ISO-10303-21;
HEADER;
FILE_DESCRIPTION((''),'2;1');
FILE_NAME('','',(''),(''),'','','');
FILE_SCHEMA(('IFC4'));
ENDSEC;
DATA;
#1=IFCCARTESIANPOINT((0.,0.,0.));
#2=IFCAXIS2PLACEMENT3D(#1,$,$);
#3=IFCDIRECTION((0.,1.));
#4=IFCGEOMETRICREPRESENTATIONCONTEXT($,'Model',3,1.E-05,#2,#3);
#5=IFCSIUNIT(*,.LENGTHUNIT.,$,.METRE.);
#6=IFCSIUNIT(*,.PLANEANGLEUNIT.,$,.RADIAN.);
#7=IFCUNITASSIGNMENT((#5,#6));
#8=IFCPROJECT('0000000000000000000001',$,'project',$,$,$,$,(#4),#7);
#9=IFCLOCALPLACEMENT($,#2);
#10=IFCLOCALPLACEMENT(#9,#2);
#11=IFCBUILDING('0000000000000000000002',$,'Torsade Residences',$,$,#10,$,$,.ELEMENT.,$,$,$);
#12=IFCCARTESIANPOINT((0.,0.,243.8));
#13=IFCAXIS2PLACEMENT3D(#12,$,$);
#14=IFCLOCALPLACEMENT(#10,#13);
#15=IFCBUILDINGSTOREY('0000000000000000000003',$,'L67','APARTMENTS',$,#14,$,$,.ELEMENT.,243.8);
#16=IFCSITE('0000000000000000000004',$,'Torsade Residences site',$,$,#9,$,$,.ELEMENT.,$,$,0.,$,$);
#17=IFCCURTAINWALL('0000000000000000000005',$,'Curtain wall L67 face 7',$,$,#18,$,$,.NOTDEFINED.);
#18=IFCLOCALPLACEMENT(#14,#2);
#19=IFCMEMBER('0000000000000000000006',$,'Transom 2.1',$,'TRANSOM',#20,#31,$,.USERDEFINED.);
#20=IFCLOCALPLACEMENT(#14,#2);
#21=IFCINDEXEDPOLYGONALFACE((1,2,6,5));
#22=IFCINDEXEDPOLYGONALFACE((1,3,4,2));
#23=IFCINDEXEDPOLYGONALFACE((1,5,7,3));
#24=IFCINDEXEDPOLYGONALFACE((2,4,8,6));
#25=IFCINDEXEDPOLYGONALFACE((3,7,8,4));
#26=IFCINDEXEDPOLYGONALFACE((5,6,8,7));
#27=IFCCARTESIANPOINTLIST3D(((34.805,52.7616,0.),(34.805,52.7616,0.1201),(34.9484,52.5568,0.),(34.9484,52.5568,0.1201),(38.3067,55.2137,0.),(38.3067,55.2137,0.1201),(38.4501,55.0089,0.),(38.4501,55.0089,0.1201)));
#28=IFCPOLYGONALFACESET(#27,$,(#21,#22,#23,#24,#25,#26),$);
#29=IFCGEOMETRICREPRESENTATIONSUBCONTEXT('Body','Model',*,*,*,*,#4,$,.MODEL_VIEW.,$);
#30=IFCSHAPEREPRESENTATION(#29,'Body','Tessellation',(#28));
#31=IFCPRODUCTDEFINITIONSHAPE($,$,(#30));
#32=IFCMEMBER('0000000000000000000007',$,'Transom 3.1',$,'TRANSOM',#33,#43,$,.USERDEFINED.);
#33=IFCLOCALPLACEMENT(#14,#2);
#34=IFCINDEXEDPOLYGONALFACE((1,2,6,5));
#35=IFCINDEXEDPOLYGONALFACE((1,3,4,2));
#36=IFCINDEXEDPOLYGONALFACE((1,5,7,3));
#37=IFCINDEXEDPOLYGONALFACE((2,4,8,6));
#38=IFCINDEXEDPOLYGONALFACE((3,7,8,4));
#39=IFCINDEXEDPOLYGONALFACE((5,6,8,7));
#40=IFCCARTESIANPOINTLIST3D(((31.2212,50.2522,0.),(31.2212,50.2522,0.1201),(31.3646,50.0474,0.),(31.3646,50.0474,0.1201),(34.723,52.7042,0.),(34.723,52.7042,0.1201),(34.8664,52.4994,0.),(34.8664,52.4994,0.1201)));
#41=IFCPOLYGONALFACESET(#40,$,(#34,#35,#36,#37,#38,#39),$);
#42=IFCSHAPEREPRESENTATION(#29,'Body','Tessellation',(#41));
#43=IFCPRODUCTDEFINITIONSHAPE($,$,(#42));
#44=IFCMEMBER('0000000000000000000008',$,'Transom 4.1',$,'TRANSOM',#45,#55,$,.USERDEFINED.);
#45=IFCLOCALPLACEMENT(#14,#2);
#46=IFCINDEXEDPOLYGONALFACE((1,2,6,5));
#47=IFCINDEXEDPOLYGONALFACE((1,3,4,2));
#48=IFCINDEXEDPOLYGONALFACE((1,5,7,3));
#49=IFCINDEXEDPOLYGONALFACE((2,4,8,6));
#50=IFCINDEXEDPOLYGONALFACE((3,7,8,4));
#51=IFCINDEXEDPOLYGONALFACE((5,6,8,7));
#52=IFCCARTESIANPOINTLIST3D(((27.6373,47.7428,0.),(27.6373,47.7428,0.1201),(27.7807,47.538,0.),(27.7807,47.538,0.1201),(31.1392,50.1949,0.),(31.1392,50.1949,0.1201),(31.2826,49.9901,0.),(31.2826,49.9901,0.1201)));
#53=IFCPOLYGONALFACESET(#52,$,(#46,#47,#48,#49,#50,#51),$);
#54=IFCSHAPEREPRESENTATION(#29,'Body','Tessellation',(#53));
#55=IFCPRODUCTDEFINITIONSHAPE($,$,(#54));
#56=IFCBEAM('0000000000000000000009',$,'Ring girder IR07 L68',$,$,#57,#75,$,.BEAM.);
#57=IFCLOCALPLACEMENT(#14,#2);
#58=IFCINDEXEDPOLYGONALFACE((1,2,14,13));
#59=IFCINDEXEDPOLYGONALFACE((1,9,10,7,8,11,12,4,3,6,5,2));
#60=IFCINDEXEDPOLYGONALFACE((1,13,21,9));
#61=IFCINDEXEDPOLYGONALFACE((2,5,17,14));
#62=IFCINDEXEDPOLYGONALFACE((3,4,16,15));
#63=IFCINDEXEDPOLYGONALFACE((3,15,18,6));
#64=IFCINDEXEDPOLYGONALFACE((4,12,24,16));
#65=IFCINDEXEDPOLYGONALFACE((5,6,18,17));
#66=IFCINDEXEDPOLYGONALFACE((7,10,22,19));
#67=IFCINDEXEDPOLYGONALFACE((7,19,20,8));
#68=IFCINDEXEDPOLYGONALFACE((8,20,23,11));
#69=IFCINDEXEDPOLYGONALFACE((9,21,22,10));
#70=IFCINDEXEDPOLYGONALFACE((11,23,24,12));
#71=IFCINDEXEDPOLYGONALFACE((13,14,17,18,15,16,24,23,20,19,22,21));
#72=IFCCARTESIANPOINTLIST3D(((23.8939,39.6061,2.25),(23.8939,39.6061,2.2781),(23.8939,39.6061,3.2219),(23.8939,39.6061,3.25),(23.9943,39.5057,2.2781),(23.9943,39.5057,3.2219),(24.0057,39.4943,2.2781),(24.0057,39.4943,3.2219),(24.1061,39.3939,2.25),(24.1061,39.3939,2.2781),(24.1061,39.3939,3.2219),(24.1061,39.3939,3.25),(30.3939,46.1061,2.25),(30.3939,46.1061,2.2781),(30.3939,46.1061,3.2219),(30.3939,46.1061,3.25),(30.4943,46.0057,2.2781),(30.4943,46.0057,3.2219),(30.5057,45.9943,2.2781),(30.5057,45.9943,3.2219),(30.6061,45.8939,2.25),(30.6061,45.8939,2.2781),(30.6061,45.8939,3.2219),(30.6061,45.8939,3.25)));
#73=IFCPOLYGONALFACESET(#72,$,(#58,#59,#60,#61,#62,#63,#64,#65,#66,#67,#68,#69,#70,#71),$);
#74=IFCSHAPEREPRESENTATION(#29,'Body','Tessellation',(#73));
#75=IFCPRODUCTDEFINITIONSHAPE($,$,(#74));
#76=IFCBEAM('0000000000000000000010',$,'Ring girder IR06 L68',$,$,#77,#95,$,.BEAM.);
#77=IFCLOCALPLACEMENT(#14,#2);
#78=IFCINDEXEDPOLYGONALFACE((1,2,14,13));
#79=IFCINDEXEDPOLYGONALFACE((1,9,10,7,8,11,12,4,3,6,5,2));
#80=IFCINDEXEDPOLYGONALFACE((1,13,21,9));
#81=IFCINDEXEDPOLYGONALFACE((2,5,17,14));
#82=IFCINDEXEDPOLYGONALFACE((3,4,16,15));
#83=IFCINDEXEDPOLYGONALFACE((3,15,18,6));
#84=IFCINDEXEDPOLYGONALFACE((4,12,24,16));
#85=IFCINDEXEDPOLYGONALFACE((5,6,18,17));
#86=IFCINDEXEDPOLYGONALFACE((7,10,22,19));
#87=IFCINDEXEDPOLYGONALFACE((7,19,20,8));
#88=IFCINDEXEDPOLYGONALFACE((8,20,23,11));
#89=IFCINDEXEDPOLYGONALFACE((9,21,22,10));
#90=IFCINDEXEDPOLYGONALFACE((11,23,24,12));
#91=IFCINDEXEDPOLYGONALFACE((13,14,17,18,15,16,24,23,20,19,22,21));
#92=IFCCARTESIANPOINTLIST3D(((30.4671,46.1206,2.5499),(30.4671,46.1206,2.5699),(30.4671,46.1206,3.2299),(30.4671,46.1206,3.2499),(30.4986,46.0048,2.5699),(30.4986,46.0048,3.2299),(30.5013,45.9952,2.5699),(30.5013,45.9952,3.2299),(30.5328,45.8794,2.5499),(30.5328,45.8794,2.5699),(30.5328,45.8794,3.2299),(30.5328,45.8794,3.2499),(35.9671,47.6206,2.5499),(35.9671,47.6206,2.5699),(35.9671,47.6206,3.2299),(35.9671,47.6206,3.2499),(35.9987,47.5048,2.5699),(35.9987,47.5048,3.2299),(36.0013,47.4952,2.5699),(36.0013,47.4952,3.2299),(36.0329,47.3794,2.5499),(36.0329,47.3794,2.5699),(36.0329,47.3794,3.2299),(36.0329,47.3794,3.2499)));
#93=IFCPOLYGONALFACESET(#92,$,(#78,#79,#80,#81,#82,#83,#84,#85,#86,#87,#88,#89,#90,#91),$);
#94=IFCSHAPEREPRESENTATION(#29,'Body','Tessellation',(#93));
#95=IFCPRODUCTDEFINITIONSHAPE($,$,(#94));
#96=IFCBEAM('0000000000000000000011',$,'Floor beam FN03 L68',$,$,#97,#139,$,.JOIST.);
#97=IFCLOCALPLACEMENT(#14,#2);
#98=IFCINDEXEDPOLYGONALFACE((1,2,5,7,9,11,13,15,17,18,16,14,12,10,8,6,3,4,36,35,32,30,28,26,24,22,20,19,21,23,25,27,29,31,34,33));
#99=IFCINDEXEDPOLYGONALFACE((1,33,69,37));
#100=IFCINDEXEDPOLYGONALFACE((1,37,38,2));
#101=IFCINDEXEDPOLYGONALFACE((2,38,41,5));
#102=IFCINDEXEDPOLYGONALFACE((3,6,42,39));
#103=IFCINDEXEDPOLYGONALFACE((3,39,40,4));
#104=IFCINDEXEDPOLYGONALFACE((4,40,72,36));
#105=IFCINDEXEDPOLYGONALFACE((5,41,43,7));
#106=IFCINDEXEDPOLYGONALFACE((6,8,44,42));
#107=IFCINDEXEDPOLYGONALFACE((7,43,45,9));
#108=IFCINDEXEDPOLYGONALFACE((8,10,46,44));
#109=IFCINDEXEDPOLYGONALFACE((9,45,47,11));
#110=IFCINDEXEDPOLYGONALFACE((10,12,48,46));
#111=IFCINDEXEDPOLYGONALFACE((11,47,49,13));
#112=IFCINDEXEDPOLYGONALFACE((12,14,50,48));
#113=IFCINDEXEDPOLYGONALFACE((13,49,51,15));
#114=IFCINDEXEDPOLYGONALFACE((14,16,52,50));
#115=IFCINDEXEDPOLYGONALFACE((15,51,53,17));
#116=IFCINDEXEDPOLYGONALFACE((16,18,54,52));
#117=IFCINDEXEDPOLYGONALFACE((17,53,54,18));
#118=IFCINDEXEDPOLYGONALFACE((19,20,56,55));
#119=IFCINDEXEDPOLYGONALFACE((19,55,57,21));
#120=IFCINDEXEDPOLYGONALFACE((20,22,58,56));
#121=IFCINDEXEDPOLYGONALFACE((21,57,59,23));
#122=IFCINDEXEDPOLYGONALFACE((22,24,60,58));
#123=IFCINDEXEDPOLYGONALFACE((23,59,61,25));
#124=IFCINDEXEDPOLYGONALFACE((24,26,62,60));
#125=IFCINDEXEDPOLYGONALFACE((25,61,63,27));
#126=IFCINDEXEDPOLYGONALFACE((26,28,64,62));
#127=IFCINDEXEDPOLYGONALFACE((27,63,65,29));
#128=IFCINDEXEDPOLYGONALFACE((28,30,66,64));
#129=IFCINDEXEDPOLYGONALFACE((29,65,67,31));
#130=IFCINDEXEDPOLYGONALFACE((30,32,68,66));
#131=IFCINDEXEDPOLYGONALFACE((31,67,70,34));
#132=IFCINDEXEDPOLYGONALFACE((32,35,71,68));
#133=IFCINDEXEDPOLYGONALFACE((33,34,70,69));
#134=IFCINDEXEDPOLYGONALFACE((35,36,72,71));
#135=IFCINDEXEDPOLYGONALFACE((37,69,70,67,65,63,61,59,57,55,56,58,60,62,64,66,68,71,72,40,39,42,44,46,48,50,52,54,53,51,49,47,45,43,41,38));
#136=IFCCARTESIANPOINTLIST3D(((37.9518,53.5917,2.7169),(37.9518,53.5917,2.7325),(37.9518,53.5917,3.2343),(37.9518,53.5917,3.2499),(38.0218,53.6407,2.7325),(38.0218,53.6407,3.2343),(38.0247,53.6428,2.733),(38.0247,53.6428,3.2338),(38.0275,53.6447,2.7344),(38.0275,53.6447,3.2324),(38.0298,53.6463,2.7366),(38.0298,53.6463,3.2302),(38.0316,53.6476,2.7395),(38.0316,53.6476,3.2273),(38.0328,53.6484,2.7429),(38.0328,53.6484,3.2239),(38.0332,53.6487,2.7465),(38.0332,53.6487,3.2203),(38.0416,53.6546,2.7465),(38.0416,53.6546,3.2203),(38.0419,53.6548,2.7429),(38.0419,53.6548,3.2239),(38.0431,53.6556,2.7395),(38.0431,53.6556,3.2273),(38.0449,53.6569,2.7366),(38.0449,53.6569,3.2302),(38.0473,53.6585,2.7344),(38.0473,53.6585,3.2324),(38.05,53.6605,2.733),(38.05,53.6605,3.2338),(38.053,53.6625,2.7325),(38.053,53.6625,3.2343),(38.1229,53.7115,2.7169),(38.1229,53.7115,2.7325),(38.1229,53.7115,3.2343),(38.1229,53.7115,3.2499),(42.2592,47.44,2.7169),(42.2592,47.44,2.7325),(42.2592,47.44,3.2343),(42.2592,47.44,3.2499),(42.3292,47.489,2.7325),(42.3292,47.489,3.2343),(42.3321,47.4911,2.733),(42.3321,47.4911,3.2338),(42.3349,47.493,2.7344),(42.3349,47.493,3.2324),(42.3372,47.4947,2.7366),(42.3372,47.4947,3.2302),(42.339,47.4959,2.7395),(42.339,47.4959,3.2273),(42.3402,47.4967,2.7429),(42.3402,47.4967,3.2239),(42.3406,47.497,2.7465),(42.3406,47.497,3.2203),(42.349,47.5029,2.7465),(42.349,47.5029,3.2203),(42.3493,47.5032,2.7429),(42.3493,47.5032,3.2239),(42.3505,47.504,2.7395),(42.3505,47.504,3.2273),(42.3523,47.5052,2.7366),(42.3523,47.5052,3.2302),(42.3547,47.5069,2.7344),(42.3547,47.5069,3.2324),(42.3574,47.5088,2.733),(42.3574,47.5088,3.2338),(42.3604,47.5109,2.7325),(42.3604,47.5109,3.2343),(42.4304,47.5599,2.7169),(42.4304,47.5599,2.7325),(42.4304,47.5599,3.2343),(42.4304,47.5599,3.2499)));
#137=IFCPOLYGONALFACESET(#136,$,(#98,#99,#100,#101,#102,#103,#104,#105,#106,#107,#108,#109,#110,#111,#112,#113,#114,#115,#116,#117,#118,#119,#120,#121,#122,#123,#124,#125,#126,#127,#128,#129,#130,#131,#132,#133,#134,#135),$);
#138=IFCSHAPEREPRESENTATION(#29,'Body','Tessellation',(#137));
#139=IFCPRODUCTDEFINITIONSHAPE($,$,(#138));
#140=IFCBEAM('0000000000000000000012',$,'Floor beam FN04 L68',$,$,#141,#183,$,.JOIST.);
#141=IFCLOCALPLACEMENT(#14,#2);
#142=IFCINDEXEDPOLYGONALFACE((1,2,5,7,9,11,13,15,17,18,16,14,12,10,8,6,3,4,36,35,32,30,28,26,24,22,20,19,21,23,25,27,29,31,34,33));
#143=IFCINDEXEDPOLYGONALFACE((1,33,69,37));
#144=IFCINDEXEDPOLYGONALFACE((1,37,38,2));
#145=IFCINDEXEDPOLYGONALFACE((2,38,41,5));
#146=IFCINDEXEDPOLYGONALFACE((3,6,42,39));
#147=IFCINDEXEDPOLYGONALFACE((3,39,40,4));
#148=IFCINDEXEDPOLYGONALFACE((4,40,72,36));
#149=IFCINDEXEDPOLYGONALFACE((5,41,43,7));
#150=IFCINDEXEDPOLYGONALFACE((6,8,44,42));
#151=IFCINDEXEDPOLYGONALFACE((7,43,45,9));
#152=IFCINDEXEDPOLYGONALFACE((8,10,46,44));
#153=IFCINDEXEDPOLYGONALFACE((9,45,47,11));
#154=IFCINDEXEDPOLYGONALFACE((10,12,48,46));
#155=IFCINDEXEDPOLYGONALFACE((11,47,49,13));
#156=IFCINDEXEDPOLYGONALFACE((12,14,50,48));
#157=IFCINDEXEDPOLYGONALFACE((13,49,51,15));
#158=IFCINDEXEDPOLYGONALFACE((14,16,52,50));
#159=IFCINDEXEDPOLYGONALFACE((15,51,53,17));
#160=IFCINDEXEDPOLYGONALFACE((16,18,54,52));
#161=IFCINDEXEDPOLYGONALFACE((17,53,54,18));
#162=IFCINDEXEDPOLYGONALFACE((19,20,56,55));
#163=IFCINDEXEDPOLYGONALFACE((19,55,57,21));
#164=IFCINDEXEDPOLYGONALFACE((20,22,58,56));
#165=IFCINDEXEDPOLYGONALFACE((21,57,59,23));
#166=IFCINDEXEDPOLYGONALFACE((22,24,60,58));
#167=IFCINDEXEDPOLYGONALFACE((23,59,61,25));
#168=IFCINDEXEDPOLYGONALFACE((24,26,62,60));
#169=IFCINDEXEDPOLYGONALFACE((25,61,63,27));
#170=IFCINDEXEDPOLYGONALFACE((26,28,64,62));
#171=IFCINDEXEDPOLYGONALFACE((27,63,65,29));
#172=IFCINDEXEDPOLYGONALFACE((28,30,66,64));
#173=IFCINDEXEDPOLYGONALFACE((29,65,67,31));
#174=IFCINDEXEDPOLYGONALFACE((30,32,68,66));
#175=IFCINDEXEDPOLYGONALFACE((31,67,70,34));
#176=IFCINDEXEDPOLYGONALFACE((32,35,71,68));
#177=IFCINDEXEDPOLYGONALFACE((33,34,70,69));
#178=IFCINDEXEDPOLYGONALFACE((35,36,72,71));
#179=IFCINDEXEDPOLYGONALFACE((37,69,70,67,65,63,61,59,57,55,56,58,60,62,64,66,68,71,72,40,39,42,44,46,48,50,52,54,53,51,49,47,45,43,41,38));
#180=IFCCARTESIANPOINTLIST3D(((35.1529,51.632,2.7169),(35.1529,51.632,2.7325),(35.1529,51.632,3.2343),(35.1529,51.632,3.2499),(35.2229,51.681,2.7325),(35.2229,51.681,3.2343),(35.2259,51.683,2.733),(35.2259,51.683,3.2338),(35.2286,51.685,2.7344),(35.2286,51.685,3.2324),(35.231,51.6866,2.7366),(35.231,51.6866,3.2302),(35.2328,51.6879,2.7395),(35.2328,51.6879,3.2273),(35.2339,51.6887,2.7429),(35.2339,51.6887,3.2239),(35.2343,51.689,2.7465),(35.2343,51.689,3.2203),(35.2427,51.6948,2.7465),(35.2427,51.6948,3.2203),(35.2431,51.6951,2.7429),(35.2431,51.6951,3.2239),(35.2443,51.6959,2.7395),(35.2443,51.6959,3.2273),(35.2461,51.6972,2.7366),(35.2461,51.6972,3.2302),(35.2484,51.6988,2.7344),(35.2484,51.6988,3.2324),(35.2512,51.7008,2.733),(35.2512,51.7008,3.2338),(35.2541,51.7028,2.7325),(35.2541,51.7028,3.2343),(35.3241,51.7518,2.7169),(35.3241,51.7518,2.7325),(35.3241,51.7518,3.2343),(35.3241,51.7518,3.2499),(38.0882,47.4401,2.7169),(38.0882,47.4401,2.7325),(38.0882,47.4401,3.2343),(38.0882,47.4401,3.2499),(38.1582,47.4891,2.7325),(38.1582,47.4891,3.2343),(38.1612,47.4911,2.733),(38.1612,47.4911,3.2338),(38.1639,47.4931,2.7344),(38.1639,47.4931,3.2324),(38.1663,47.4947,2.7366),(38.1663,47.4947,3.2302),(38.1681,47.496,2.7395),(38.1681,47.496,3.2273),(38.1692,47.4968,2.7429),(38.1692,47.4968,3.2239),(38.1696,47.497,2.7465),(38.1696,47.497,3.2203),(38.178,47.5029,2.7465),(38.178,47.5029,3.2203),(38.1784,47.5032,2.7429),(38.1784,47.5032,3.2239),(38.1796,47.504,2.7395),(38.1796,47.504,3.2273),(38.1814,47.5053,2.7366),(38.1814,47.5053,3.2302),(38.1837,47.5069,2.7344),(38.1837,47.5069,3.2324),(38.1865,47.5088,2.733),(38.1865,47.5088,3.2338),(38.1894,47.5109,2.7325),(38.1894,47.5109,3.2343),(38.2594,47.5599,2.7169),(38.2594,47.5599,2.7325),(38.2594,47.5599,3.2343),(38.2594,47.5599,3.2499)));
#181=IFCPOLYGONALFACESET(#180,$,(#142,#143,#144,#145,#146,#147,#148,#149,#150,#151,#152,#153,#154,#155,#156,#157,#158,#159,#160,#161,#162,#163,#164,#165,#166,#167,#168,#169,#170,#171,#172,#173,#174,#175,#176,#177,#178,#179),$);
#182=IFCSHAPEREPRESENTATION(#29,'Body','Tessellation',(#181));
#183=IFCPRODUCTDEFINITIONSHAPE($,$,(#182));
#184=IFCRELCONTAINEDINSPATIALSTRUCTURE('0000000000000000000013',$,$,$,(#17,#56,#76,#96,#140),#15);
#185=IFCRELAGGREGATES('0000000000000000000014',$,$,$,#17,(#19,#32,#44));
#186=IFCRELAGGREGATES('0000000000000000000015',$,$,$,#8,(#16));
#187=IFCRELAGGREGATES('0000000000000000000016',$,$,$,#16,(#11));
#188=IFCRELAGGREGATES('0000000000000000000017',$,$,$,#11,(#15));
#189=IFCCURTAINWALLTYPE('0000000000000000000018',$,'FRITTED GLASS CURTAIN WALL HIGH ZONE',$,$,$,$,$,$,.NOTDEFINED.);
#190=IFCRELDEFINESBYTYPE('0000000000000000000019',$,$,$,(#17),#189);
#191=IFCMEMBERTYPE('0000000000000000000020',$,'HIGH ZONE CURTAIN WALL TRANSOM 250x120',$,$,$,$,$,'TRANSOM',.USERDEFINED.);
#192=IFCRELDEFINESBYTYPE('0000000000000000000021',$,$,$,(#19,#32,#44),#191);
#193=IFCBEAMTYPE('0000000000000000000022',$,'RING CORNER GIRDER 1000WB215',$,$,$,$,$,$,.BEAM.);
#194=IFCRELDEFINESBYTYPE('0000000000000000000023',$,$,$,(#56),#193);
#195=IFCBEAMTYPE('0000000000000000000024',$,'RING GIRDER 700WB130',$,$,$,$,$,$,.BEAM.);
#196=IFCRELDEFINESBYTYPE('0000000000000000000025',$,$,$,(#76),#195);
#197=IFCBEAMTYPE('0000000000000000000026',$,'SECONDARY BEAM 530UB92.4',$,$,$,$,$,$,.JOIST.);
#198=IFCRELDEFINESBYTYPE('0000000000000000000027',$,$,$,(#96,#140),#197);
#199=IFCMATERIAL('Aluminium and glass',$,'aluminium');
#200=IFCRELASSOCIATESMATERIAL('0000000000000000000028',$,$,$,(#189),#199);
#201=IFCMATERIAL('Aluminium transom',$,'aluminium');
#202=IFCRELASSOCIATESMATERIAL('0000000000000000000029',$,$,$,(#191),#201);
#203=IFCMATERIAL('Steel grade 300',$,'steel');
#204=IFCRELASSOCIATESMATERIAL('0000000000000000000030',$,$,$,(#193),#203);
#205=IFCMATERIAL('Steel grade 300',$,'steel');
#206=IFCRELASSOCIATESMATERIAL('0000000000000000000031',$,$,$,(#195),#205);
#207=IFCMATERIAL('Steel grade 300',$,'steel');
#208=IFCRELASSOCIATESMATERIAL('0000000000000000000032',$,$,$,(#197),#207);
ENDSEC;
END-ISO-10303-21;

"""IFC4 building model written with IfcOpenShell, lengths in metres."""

from ifc_helpers import new_model, si_unit, direction, frame, origin, origin_2d, place, context, subcontext, project, spatial, rectangle, i_section, extrude, material, material_profile, profile_set, type_object, element, aggregate, save


model = new_model("IFC4")

# Units and contexts
model_context = context("Model", 3, precision=1e-05, world=origin(), true_north=direction((0.0, 1.0)))
body_context = subcontext(model_context, "Body", "Model", "MODEL_VIEW")
ifc_project = project(units=[si_unit("LENGTHUNIT", "METRE"), si_unit("PLANEANGLEUNIT", "RADIAN")], contexts=[model_context])

# Site, building, storey
site_placement = place(None, origin())
site = spatial("IfcSite", under=ifc_project, at=site_placement, Name="Torsade Residences site", CompositionType="ELEMENT", RefElevation=0.0)
building_placement = place(site_placement, origin())
building = spatial("IfcBuilding", under=site, at=building_placement, Name="Torsade Residences", CompositionType="ELEMENT")
storey_placement = place(building_placement, frame((0.0, 0.0, 243.8)))
storey = spatial("IfcBuildingStorey", under=building, at=storey_placement, Name="L67", Description="APARTMENTS", CompositionType="ELEMENT", Elevation=243.8)

# Curtain wall, members
ifc_material_1 = material(Name="Aluminium and glass", Category="aluminium")
curtain_wall_type = type_object("IfcCurtainWallType", Name="FRITTED GLASS CURTAIN WALL HIGH ZONE", PredefinedType="NOTDEFINED", material=ifc_material_1)
curtain_wall_placement = place(storey_placement, origin())
curtain_wall = element("IfcCurtainWall", 1, at=curtain_wall_placement, inside=storey, type_object=curtain_wall_type, Name="Curtain wall L67 face 7", PredefinedType="NOTDEFINED")
ifc_material_2 = material(Name="Aluminium transom", Category="aluminium")
ifc_material_profile_1 = material_profile(ifc_material_2, rectangle(XDim=0.25, YDim=0.1201, at=origin_2d()), Name="HIGH ZONE CURTAIN WALL TRANSOM 250x120")
ifc_profile_set_1 = profile_set([ifc_material_profile_1], Name="Aluminium transom")
member_type_1 = type_object("IfcMemberType", Name="HIGH ZONE CURTAIN WALL TRANSOM 250x120", ElementType="TRANSOM", PredefinedType="USERDEFINED", material=ifc_profile_set_1)
member_1_placement = place(storey_placement, frame((38.3784, 55.1113, 0.0601), z_axis=(-0.819127, -0.573612, 0.0), x_axis=(0.573612, -0.819127, 0.0)))
member_1 = element("IfcMember", 2, at=member_1_placement, type_object=member_type_1, Name="Transom 2.1", ObjectType="TRANSOM", PredefinedType="USERDEFINED", context=body_context, shape_type="SweptSolid", body=[
    extrude(rectangle(XDim=0.25, YDim=0.1201, at=origin_2d()), origin(), (0.0, 0.0, 1.0), 4.2749),
])
member_2_placement = place(storey_placement, frame((34.7947, 52.6018, 0.0601), z_axis=(-0.819154, -0.573573, 0.0), x_axis=(0.573573, -0.819154, 0.0)))
member_2 = element("IfcMember", 3, at=member_2_placement, type_object=member_type_1, Name="Transom 3.1", ObjectType="TRANSOM", PredefinedType="USERDEFINED", context=body_context, shape_type="SweptSolid", body=[
    extrude(rectangle(XDim=0.25, YDim=0.1201, at=origin_2d()), origin(), (0.0, 0.0, 1.0), 4.2749),
])
member_3_placement = place(storey_placement, frame((31.2109, 50.0925, 0.0601), z_axis=(-0.819146, -0.573585, 0.0), x_axis=(0.573585, -0.819146, 0.0)))
member_3 = element("IfcMember", 4, at=member_3_placement, type_object=member_type_1, Name="Transom 4.1", ObjectType="TRANSOM", PredefinedType="USERDEFINED", context=body_context, shape_type="SweptSolid", body=[
    extrude(rectangle(XDim=0.25, YDim=0.1201, at=origin_2d()), origin(), (0.0, 0.0, 1.0), 4.2751),
])

# Beams
ifc_material_3 = material(Name="Steel grade 300", Category="steel")
ifc_material_profile_2 = material_profile(ifc_material_3, i_section(OverallWidth=0.3, OverallDepth=1.0, WebThickness=0.0161, FlangeThickness=0.0281, at=origin_2d()), Name="1000WB215")
ifc_profile_set_2 = profile_set([ifc_material_profile_2], Name="Steel grade 300")
beam_type_1 = type_object("IfcBeamType", Name="RING CORNER GIRDER 1000WB215", PredefinedType="BEAM", material=ifc_profile_set_2)
beam_1_placement = place(storey_placement, frame((30.5, 46.0, 2.75), z_axis=(-0.707107, -0.707107, 0.0), x_axis=(0.707107, -0.707107, 0.0)))
element("IfcBeam", 5, at=beam_1_placement, inside=storey, type_object=beam_type_1, Name="Ring girder IR07 L68", PredefinedType="BEAM", context=body_context, shape_type="SweptSolid", body=[
    extrude(i_section(OverallWidth=0.3, OverallDepth=1.0, WebThickness=0.0161, FlangeThickness=0.0281, at=origin_2d()), origin(), (0.0, 0.0, 1.0), 9.1924),
])
ifc_material_4 = material(Name="Steel grade 300", Category="steel")
ifc_material_profile_3 = material_profile(ifc_material_4, i_section(OverallWidth=0.25, OverallDepth=0.7, WebThickness=0.01, FlangeThickness=0.02, at=origin_2d()), Name="700WB130")
ifc_profile_set_3 = profile_set([ifc_material_profile_3], Name="Steel grade 300")
beam_type_2 = type_object("IfcBeamType", Name="RING GIRDER 700WB130", PredefinedType="BEAM", material=ifc_profile_set_3)
beam_2_placement = place(storey_placement, frame((36.0, 47.5, 2.8999), z_axis=(-0.964764, -0.263117, 0.0), x_axis=(0.263117, -0.964764, 0.0)))
element("IfcBeam", 6, at=beam_2_placement, inside=storey, type_object=beam_type_2, Name="Ring girder IR06 L68", PredefinedType="BEAM", context=body_context, shape_type="SweptSolid", body=[
    extrude(i_section(OverallWidth=0.25, OverallDepth=0.7, WebThickness=0.01, FlangeThickness=0.02, at=origin_2d()), origin(), (0.0, 0.0, 1.0), 5.7009),
])
ifc_material_5 = material(Name="Steel grade 300", Category="steel")
ifc_material_profile_4 = material_profile(ifc_material_5, i_section(OverallWidth=0.209, OverallDepth=0.533, WebThickness=0.0103, FlangeThickness=0.0156, FilletRadius=0.0139, at=origin_2d()), Name="530UB92.4")
ifc_profile_set_4 = profile_set([ifc_material_profile_4], Name="Steel grade 300")
beam_type_3 = type_object("IfcBeamType", Name="SECONDARY BEAM 530UB92.4", PredefinedType="JOIST", material=ifc_profile_set_4)
beam_3_placement = place(storey_placement, frame((38.0374, 53.6516, 2.9834), z_axis=(0.573574, -0.819154, 0.0), x_axis=(0.819154, 0.573574, 0.0)))
element("IfcBeam", 7, at=beam_3_placement, inside=storey, type_object=beam_type_3, Name="Floor beam FN03 L68", PredefinedType="JOIST", context=body_context, shape_type="SweptSolid", body=[
    extrude(i_section(OverallWidth=0.209, OverallDepth=0.533, WebThickness=0.0103, FlangeThickness=0.0156, FilletRadius=0.0139, at=origin_2d()), origin(), (0.0, 0.0, 1.0), 7.5098),
])
beam_4_placement = place(storey_placement, frame((35.2385, 51.6919, 2.9834), z_axis=(0.57359, -0.819142, 0.0), x_axis=(0.819142, 0.57359, 0.0)))
element("IfcBeam", 8, at=beam_4_placement, inside=storey, type_object=beam_type_3, Name="Floor beam FN04 L68", PredefinedType="JOIST", context=body_context, shape_type="SweptSolid", body=[
    extrude(i_section(OverallWidth=0.209, OverallDepth=0.533, WebThickness=0.0103, FlangeThickness=0.0156, FilletRadius=0.0139, at=origin_2d()), origin(), (0.0, 0.0, 1.0), 5.1174),
])

aggregate(curtain_wall, [member_1, member_2, member_3])

save(model, "model.ifc")
